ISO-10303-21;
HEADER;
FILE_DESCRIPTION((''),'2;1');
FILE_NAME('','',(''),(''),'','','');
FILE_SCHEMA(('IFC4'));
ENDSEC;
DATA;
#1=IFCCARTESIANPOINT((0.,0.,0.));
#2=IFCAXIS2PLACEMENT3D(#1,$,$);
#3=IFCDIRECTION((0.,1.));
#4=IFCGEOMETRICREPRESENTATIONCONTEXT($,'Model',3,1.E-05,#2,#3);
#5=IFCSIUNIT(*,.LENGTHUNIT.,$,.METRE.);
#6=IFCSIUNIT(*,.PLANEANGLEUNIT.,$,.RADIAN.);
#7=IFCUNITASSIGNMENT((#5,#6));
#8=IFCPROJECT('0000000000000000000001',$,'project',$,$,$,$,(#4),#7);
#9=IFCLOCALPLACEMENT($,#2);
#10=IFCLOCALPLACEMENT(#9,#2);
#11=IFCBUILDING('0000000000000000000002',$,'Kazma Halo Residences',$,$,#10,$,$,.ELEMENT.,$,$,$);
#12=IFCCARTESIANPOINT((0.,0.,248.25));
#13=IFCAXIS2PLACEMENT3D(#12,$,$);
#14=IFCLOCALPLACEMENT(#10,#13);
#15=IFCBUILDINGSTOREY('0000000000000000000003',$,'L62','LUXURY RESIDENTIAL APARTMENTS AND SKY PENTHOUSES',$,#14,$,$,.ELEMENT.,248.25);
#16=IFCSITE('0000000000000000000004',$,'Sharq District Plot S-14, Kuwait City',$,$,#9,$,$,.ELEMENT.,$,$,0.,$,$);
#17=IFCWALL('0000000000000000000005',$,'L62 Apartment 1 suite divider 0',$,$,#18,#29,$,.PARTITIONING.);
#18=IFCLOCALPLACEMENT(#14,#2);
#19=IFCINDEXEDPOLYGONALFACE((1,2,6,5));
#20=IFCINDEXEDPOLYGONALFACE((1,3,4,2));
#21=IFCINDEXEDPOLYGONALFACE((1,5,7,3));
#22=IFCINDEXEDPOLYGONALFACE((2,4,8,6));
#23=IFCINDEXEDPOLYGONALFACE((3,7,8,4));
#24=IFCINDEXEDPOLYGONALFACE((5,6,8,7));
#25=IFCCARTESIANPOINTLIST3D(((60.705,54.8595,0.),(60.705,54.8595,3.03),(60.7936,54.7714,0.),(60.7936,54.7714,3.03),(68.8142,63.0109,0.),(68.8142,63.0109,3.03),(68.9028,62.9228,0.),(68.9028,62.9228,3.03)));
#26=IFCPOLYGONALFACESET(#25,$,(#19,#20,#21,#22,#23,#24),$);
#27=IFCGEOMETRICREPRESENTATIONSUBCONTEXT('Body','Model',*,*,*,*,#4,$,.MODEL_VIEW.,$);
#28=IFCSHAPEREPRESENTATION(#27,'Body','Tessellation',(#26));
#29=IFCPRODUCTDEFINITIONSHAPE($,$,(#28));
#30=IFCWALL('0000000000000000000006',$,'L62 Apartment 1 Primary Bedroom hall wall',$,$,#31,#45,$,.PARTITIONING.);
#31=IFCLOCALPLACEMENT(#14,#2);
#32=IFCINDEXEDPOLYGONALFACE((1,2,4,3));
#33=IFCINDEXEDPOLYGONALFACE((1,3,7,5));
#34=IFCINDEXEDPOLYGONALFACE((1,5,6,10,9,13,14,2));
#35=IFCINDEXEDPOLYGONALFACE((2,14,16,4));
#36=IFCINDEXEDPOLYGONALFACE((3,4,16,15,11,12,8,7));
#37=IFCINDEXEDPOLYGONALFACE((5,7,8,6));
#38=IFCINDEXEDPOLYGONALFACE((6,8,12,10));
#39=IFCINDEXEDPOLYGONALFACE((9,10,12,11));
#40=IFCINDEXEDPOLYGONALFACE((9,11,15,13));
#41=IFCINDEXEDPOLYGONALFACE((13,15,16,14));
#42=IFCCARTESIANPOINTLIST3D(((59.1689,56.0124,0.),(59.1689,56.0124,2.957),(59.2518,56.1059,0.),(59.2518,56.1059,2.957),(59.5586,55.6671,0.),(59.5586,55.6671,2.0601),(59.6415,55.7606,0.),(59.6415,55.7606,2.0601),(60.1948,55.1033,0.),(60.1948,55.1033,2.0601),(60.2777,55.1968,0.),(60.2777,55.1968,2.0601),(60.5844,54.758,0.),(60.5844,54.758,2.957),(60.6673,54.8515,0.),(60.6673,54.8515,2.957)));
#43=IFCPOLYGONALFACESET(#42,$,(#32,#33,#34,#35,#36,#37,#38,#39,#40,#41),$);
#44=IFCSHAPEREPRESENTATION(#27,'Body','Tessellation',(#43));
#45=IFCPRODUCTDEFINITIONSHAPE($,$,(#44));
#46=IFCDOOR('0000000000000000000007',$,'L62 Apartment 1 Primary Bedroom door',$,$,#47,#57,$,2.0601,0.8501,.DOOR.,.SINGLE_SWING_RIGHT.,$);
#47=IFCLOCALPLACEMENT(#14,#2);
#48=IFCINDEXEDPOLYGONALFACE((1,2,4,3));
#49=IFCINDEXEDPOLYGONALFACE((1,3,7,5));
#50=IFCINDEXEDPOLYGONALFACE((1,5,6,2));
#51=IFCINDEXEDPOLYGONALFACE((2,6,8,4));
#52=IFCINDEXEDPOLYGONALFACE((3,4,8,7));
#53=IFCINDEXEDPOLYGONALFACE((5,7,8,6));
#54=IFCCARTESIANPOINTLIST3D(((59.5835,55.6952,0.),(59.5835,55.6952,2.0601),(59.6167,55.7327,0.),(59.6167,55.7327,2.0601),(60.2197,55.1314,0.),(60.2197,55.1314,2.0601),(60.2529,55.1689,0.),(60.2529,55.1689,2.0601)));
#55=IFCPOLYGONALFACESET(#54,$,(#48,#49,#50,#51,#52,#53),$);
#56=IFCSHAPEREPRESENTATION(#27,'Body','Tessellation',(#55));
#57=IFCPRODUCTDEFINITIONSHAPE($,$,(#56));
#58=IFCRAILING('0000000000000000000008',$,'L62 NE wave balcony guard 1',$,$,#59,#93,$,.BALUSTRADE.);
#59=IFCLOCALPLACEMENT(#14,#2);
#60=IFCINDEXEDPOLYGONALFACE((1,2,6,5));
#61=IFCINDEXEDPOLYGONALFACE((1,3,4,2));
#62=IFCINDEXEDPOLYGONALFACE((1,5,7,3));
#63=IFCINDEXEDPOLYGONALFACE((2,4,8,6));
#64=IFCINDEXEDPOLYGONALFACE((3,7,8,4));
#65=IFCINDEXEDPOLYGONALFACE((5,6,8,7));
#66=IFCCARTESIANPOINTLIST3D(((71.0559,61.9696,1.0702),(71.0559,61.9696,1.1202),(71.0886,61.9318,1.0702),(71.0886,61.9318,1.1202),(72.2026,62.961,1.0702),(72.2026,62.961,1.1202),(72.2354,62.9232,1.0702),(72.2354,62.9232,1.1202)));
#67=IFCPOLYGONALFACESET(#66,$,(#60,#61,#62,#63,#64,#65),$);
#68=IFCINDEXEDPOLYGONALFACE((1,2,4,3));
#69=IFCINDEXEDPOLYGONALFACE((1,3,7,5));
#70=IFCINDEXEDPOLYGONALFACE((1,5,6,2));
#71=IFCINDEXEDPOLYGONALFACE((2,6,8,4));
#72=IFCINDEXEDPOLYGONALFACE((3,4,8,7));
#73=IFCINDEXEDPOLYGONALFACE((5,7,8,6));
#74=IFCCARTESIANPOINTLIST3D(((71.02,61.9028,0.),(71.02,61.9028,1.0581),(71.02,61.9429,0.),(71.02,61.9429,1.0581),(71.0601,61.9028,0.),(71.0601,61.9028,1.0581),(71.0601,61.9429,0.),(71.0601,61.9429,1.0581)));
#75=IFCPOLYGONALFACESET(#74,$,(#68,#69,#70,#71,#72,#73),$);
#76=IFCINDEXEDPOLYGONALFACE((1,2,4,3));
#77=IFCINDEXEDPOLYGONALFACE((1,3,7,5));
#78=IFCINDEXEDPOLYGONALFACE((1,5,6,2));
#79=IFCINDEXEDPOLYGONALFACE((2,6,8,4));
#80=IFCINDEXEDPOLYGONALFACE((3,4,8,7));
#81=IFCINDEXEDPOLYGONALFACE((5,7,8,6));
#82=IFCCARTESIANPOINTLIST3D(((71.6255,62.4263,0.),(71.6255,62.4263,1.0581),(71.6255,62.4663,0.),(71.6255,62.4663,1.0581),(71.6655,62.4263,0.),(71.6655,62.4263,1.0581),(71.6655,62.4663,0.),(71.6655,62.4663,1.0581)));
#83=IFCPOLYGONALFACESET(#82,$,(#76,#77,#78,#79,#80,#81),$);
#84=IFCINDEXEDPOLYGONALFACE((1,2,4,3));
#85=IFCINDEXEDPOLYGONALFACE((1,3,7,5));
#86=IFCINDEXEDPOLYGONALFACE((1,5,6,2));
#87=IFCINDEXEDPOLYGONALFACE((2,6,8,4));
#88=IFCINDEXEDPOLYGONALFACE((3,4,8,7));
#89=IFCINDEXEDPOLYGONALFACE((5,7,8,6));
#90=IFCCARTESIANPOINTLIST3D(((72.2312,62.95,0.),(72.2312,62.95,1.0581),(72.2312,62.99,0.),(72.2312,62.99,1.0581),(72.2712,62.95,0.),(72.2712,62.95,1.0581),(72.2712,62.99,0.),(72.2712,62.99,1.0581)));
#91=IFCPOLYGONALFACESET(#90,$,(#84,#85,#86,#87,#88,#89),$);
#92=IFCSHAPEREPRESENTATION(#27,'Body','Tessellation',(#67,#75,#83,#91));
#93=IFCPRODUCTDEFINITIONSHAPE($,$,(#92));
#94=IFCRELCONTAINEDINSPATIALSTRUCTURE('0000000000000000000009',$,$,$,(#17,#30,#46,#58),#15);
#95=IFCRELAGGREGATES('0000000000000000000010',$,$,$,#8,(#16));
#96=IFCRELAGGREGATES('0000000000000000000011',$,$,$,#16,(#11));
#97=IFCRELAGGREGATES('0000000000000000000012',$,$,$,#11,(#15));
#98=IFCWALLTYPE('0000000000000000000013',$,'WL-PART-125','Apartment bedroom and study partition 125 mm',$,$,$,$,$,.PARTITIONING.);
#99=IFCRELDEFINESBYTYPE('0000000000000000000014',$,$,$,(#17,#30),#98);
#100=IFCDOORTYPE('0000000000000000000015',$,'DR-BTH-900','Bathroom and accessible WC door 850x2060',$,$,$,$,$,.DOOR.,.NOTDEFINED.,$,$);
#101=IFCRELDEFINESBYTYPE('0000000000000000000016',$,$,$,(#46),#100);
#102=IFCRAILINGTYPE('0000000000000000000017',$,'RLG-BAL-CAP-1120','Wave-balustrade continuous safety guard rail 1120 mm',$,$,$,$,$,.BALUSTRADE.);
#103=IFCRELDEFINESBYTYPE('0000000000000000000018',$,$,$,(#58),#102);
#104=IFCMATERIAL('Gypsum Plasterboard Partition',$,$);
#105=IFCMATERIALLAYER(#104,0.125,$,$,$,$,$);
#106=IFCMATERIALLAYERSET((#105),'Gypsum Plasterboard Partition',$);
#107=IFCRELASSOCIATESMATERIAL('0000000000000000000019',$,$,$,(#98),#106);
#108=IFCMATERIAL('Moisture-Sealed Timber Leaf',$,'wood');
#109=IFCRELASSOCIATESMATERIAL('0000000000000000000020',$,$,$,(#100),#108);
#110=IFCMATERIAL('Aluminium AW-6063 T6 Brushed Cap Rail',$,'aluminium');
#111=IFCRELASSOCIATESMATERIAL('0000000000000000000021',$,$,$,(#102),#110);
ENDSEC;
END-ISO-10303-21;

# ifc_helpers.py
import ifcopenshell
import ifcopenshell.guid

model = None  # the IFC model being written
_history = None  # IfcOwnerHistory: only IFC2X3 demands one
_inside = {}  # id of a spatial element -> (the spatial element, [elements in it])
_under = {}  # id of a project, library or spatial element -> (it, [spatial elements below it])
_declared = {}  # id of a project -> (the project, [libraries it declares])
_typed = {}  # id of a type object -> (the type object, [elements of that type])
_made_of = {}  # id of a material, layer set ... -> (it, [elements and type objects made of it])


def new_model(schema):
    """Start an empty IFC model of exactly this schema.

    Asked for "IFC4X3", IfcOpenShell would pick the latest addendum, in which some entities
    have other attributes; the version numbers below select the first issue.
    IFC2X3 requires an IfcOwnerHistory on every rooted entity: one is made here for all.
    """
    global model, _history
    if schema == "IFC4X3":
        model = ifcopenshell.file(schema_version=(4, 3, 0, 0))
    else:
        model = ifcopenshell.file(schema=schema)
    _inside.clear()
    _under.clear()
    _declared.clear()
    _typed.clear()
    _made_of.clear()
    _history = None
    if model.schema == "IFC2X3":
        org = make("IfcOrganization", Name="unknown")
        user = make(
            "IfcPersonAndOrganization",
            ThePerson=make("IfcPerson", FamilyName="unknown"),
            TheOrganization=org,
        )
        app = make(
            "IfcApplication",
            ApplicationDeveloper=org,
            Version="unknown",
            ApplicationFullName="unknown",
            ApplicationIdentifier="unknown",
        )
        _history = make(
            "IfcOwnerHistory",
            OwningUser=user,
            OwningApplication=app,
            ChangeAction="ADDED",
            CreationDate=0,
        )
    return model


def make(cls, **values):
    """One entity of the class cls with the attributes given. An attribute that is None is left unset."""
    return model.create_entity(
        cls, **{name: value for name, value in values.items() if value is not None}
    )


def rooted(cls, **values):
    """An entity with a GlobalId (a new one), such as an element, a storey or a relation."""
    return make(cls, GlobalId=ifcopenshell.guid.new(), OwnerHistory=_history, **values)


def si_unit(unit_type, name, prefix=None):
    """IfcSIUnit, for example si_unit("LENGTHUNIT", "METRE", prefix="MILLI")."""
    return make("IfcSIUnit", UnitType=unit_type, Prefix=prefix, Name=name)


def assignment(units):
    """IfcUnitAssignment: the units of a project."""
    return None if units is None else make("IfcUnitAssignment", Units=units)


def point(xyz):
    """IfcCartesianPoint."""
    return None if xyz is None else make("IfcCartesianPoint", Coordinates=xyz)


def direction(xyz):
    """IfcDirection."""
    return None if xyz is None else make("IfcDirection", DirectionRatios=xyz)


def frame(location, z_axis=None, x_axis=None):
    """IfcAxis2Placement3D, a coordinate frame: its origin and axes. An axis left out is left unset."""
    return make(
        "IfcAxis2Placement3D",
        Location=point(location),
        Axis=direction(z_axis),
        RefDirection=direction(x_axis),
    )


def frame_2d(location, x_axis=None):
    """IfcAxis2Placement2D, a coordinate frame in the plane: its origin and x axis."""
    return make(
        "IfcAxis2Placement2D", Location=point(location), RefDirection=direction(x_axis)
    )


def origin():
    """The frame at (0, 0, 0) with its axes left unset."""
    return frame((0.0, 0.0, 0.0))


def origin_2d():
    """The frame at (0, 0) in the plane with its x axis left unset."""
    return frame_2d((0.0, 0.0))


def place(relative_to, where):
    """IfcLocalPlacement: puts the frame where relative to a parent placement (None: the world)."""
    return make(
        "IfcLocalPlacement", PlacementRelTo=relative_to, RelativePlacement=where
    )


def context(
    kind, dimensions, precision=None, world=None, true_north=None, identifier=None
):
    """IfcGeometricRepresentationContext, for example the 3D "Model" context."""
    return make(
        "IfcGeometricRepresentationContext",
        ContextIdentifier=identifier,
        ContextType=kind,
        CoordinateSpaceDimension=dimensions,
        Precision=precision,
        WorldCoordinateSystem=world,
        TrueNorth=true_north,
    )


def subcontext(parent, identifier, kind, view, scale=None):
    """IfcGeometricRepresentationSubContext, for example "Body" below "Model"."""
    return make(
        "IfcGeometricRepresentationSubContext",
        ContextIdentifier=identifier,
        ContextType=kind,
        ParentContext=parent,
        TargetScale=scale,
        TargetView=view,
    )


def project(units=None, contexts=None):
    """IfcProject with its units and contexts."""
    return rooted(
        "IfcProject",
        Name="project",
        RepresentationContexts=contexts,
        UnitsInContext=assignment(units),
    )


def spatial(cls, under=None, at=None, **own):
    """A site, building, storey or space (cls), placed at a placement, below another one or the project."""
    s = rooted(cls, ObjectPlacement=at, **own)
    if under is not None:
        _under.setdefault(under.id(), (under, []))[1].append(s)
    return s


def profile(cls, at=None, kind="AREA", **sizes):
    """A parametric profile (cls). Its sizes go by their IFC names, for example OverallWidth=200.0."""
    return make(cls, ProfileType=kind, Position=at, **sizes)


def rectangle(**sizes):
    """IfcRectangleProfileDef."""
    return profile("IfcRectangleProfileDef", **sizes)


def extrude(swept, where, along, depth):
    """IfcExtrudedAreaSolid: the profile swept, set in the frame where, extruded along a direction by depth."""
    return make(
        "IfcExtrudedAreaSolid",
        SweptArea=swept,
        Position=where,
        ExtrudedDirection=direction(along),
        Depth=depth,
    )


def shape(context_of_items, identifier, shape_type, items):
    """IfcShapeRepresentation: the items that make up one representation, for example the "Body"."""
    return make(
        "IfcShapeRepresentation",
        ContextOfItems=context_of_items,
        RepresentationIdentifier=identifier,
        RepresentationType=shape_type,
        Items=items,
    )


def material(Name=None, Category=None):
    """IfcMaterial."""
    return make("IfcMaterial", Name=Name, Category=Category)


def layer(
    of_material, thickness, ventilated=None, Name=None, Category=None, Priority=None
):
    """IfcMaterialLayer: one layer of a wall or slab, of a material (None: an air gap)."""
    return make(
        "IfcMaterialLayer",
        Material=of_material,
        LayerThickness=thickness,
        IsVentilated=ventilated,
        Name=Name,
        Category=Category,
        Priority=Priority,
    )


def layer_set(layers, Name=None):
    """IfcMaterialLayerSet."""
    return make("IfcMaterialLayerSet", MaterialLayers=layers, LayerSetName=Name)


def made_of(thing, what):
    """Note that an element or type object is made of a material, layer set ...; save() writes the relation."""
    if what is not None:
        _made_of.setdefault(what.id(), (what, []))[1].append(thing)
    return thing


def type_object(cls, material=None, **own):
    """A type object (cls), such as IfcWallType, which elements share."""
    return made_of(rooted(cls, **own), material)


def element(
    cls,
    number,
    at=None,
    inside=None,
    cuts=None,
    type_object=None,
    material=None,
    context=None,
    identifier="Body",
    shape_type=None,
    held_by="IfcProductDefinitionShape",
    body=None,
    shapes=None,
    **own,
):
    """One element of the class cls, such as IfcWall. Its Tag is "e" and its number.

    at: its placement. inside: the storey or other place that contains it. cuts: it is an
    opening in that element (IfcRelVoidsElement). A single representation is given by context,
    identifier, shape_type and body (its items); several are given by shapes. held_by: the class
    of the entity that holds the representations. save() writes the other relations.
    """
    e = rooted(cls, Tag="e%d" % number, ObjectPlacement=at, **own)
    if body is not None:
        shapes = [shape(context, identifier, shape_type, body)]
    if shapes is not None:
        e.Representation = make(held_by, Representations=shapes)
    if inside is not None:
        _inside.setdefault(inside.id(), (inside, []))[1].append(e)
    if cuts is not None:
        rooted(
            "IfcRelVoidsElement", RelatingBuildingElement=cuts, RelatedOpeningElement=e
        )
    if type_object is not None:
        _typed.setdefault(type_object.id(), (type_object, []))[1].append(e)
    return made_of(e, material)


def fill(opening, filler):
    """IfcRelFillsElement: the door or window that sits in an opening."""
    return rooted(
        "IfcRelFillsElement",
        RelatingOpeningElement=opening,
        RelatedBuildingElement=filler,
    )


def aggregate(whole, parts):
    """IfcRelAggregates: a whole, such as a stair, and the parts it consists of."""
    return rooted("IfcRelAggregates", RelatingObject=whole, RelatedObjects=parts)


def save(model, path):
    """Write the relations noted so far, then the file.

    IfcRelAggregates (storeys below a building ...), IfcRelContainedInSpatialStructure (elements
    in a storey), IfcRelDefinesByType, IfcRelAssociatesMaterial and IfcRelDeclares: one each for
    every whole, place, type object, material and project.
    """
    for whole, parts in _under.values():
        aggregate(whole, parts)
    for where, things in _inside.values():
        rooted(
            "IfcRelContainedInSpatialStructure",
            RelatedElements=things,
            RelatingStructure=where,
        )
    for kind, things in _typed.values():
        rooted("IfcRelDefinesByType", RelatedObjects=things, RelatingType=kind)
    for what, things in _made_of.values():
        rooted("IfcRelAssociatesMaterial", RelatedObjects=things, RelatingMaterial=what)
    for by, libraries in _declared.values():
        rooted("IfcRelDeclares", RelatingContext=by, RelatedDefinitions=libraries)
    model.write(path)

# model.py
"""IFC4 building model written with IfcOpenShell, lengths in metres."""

from ifc_helpers import new_model, si_unit, direction, frame, frame_2d, origin, origin_2d, place, context, subcontext, project, spatial, rectangle, extrude, material, layer, layer_set, type_object, element, fill, save


model = new_model("IFC4")

# Units and contexts
model_context = context("Model", 3, precision=1e-05, world=origin(), true_north=direction((0.0, 1.0)))
body_context = subcontext(model_context, "Body", "Model", "MODEL_VIEW")
ifc_project = project(units=[si_unit("LENGTHUNIT", "METRE"), si_unit("PLANEANGLEUNIT", "RADIAN")], contexts=[model_context])

# Site, building, storey
site_placement = place(None, origin())
site = spatial("IfcSite", under=ifc_project, at=site_placement, Name="Sharq District Plot S-14, Kuwait City", CompositionType="ELEMENT", RefElevation=0.0)
building_placement = place(site_placement, origin())
building = spatial("IfcBuilding", under=site, at=building_placement, Name="Kazma Halo Residences", CompositionType="ELEMENT")
storey_placement = place(building_placement, frame((0.0, 0.0, 248.25)))
storey = spatial("IfcBuildingStorey", under=building, at=storey_placement, Name="L62", Description="LUXURY RESIDENTIAL APARTMENTS AND SKY PENTHOUSES", CompositionType="ELEMENT", Elevation=248.25)

# Shared definitions
ifc_material_1 = material(Name="Gypsum Plasterboard Partition")
ifc_layer_1 = layer(ifc_material_1, 0.125)
ifc_layer_set_1 = layer_set([ifc_layer_1], Name="Gypsum Plasterboard Partition")
wall_type_1 = type_object("IfcWallType", Name="WL-PART-125", Description="Apartment bedroom and study partition 125 mm", PredefinedType="PARTITIONING", material=ifc_layer_set_1)
ifc_material_2 = material(Name="Moisture-Sealed Timber Leaf", Category="wood")
door_type_1 = type_object("IfcDoorType", Name="DR-BTH-900", Description="Bathroom and accessible WC door 850x2060", OperationType="NOTDEFINED", PredefinedType="DOOR", material=ifc_material_2)

# Wall
wall_1_placement = place(storey_placement, frame((60.7493, 54.8154, 0.0), z_axis=(0.0, 0.0, 1.0), x_axis=(0.705268, 0.708941, 0.0)))
element("IfcWall", 1, at=wall_1_placement, inside=storey, type_object=wall_type_1, Name="L62 Apartment 1 suite divider 0", PredefinedType="PARTITIONING", context=body_context, shape_type="SweptSolid", body=[
    extrude(rectangle(XDim=11.498, YDim=0.125, at=frame_2d((5.749, 0.0))), origin(), (0.0, 0.0, 1.0), 3.03),
])

# Wall, opening, door
wall_2_placement = place(storey_placement, frame((60.626, 54.8047, 0.0), z_axis=(0.0, 0.0, 1.0), x_axis=(-0.74842, 0.663225, 0.0)))
wall_2 = element("IfcWall", 2, at=wall_2_placement, inside=storey, type_object=wall_type_1, Name="L62 Apartment 1 Primary Bedroom hall wall", PredefinedType="PARTITIONING", context=body_context, shape_type="SweptSolid", body=[
    extrude(rectangle(XDim=1.8914, YDim=0.125, at=frame_2d((0.9458, 0.0))), origin(), (0.0, 0.0, 1.0), 2.957),
])
opening_1_placement = place(wall_2_placement, frame((0.5208, 0.0, 0.0)))
opening_1 = element("IfcOpeningElement", 3, at=opening_1_placement, cuts=wall_2, PredefinedType="OPENING", context=body_context, shape_type="SweptSolid", body=[
    extrude(rectangle(XDim=0.8501, YDim=2.0601, at=frame_2d((0.425, 1.03))), frame((0.0, 0.0725, 0.0), z_axis=(0.0, -1.0, 0.0), x_axis=(1.0, 0.0, 0.0)), (0.0, 0.0, 1.0), 0.145),
])
door_1_placement = place(opening_1_placement, origin())
door_1 = element("IfcDoor", 4, at=door_1_placement, inside=storey, type_object=door_type_1, Name="L62 Apartment 1 Primary Bedroom door", OperationType="SINGLE_SWING_RIGHT", OverallHeight=2.0601, OverallWidth=0.8501, PredefinedType="DOOR", context=body_context, shape_type="SweptSolid", body=[
    extrude(rectangle(XDim=0.8501, YDim=2.0601, at=frame_2d((0.425, 1.03))), frame((0.0, 0.0249, 0.0), z_axis=(0.0, -1.0, 0.0), x_axis=(1.0, 0.0, 0.0)), (0.0, 0.0, 1.0), 0.05),
])
fill(opening_1, door_1)

# Railing
ifc_material_3 = material(Name="Aluminium AW-6063 T6 Brushed Cap Rail", Category="aluminium")
railing_type = type_object("IfcRailingType", Name="RLG-BAL-CAP-1120", Description="Wave-balustrade continuous safety guard rail 1120 mm", PredefinedType="BALUSTRADE", material=ifc_material_3)
railing_1_placement = place(storey_placement, frame((71.04, 61.9229, 0.0)))
element("IfcRailing", 5, at=railing_1_placement, inside=storey, type_object=railing_type, Name="L62 NE wave balcony guard 1", PredefinedType="BALUSTRADE", context=body_context, shape_type="SweptSolid", body=[
    extrude(rectangle(XDim=0.05, YDim=0.05, at=origin_2d()), frame((0.0322, 0.0278, 1.0952), z_axis=(0.756483, 0.654013, 0.0), x_axis=(-0.654013, 0.756483, 0.0)), (0.0, 0.0, 1.0), 1.5159),
    extrude(rectangle(XDim=0.04, YDim=0.04, at=origin_2d()), origin(), (0.0, 0.0, 1.0), 1.0581),
    extrude(rectangle(XDim=0.04, YDim=0.04, at=origin_2d()), frame((0.6055, 0.5234, 0.0)), (0.0, 0.0, 1.0), 1.0581),
    extrude(rectangle(XDim=0.04, YDim=0.04, at=origin_2d()), frame((1.2112, 1.0471, 0.0)), (0.0, 0.0, 1.0), 1.0581),
])

save(model, "model.ifc")
